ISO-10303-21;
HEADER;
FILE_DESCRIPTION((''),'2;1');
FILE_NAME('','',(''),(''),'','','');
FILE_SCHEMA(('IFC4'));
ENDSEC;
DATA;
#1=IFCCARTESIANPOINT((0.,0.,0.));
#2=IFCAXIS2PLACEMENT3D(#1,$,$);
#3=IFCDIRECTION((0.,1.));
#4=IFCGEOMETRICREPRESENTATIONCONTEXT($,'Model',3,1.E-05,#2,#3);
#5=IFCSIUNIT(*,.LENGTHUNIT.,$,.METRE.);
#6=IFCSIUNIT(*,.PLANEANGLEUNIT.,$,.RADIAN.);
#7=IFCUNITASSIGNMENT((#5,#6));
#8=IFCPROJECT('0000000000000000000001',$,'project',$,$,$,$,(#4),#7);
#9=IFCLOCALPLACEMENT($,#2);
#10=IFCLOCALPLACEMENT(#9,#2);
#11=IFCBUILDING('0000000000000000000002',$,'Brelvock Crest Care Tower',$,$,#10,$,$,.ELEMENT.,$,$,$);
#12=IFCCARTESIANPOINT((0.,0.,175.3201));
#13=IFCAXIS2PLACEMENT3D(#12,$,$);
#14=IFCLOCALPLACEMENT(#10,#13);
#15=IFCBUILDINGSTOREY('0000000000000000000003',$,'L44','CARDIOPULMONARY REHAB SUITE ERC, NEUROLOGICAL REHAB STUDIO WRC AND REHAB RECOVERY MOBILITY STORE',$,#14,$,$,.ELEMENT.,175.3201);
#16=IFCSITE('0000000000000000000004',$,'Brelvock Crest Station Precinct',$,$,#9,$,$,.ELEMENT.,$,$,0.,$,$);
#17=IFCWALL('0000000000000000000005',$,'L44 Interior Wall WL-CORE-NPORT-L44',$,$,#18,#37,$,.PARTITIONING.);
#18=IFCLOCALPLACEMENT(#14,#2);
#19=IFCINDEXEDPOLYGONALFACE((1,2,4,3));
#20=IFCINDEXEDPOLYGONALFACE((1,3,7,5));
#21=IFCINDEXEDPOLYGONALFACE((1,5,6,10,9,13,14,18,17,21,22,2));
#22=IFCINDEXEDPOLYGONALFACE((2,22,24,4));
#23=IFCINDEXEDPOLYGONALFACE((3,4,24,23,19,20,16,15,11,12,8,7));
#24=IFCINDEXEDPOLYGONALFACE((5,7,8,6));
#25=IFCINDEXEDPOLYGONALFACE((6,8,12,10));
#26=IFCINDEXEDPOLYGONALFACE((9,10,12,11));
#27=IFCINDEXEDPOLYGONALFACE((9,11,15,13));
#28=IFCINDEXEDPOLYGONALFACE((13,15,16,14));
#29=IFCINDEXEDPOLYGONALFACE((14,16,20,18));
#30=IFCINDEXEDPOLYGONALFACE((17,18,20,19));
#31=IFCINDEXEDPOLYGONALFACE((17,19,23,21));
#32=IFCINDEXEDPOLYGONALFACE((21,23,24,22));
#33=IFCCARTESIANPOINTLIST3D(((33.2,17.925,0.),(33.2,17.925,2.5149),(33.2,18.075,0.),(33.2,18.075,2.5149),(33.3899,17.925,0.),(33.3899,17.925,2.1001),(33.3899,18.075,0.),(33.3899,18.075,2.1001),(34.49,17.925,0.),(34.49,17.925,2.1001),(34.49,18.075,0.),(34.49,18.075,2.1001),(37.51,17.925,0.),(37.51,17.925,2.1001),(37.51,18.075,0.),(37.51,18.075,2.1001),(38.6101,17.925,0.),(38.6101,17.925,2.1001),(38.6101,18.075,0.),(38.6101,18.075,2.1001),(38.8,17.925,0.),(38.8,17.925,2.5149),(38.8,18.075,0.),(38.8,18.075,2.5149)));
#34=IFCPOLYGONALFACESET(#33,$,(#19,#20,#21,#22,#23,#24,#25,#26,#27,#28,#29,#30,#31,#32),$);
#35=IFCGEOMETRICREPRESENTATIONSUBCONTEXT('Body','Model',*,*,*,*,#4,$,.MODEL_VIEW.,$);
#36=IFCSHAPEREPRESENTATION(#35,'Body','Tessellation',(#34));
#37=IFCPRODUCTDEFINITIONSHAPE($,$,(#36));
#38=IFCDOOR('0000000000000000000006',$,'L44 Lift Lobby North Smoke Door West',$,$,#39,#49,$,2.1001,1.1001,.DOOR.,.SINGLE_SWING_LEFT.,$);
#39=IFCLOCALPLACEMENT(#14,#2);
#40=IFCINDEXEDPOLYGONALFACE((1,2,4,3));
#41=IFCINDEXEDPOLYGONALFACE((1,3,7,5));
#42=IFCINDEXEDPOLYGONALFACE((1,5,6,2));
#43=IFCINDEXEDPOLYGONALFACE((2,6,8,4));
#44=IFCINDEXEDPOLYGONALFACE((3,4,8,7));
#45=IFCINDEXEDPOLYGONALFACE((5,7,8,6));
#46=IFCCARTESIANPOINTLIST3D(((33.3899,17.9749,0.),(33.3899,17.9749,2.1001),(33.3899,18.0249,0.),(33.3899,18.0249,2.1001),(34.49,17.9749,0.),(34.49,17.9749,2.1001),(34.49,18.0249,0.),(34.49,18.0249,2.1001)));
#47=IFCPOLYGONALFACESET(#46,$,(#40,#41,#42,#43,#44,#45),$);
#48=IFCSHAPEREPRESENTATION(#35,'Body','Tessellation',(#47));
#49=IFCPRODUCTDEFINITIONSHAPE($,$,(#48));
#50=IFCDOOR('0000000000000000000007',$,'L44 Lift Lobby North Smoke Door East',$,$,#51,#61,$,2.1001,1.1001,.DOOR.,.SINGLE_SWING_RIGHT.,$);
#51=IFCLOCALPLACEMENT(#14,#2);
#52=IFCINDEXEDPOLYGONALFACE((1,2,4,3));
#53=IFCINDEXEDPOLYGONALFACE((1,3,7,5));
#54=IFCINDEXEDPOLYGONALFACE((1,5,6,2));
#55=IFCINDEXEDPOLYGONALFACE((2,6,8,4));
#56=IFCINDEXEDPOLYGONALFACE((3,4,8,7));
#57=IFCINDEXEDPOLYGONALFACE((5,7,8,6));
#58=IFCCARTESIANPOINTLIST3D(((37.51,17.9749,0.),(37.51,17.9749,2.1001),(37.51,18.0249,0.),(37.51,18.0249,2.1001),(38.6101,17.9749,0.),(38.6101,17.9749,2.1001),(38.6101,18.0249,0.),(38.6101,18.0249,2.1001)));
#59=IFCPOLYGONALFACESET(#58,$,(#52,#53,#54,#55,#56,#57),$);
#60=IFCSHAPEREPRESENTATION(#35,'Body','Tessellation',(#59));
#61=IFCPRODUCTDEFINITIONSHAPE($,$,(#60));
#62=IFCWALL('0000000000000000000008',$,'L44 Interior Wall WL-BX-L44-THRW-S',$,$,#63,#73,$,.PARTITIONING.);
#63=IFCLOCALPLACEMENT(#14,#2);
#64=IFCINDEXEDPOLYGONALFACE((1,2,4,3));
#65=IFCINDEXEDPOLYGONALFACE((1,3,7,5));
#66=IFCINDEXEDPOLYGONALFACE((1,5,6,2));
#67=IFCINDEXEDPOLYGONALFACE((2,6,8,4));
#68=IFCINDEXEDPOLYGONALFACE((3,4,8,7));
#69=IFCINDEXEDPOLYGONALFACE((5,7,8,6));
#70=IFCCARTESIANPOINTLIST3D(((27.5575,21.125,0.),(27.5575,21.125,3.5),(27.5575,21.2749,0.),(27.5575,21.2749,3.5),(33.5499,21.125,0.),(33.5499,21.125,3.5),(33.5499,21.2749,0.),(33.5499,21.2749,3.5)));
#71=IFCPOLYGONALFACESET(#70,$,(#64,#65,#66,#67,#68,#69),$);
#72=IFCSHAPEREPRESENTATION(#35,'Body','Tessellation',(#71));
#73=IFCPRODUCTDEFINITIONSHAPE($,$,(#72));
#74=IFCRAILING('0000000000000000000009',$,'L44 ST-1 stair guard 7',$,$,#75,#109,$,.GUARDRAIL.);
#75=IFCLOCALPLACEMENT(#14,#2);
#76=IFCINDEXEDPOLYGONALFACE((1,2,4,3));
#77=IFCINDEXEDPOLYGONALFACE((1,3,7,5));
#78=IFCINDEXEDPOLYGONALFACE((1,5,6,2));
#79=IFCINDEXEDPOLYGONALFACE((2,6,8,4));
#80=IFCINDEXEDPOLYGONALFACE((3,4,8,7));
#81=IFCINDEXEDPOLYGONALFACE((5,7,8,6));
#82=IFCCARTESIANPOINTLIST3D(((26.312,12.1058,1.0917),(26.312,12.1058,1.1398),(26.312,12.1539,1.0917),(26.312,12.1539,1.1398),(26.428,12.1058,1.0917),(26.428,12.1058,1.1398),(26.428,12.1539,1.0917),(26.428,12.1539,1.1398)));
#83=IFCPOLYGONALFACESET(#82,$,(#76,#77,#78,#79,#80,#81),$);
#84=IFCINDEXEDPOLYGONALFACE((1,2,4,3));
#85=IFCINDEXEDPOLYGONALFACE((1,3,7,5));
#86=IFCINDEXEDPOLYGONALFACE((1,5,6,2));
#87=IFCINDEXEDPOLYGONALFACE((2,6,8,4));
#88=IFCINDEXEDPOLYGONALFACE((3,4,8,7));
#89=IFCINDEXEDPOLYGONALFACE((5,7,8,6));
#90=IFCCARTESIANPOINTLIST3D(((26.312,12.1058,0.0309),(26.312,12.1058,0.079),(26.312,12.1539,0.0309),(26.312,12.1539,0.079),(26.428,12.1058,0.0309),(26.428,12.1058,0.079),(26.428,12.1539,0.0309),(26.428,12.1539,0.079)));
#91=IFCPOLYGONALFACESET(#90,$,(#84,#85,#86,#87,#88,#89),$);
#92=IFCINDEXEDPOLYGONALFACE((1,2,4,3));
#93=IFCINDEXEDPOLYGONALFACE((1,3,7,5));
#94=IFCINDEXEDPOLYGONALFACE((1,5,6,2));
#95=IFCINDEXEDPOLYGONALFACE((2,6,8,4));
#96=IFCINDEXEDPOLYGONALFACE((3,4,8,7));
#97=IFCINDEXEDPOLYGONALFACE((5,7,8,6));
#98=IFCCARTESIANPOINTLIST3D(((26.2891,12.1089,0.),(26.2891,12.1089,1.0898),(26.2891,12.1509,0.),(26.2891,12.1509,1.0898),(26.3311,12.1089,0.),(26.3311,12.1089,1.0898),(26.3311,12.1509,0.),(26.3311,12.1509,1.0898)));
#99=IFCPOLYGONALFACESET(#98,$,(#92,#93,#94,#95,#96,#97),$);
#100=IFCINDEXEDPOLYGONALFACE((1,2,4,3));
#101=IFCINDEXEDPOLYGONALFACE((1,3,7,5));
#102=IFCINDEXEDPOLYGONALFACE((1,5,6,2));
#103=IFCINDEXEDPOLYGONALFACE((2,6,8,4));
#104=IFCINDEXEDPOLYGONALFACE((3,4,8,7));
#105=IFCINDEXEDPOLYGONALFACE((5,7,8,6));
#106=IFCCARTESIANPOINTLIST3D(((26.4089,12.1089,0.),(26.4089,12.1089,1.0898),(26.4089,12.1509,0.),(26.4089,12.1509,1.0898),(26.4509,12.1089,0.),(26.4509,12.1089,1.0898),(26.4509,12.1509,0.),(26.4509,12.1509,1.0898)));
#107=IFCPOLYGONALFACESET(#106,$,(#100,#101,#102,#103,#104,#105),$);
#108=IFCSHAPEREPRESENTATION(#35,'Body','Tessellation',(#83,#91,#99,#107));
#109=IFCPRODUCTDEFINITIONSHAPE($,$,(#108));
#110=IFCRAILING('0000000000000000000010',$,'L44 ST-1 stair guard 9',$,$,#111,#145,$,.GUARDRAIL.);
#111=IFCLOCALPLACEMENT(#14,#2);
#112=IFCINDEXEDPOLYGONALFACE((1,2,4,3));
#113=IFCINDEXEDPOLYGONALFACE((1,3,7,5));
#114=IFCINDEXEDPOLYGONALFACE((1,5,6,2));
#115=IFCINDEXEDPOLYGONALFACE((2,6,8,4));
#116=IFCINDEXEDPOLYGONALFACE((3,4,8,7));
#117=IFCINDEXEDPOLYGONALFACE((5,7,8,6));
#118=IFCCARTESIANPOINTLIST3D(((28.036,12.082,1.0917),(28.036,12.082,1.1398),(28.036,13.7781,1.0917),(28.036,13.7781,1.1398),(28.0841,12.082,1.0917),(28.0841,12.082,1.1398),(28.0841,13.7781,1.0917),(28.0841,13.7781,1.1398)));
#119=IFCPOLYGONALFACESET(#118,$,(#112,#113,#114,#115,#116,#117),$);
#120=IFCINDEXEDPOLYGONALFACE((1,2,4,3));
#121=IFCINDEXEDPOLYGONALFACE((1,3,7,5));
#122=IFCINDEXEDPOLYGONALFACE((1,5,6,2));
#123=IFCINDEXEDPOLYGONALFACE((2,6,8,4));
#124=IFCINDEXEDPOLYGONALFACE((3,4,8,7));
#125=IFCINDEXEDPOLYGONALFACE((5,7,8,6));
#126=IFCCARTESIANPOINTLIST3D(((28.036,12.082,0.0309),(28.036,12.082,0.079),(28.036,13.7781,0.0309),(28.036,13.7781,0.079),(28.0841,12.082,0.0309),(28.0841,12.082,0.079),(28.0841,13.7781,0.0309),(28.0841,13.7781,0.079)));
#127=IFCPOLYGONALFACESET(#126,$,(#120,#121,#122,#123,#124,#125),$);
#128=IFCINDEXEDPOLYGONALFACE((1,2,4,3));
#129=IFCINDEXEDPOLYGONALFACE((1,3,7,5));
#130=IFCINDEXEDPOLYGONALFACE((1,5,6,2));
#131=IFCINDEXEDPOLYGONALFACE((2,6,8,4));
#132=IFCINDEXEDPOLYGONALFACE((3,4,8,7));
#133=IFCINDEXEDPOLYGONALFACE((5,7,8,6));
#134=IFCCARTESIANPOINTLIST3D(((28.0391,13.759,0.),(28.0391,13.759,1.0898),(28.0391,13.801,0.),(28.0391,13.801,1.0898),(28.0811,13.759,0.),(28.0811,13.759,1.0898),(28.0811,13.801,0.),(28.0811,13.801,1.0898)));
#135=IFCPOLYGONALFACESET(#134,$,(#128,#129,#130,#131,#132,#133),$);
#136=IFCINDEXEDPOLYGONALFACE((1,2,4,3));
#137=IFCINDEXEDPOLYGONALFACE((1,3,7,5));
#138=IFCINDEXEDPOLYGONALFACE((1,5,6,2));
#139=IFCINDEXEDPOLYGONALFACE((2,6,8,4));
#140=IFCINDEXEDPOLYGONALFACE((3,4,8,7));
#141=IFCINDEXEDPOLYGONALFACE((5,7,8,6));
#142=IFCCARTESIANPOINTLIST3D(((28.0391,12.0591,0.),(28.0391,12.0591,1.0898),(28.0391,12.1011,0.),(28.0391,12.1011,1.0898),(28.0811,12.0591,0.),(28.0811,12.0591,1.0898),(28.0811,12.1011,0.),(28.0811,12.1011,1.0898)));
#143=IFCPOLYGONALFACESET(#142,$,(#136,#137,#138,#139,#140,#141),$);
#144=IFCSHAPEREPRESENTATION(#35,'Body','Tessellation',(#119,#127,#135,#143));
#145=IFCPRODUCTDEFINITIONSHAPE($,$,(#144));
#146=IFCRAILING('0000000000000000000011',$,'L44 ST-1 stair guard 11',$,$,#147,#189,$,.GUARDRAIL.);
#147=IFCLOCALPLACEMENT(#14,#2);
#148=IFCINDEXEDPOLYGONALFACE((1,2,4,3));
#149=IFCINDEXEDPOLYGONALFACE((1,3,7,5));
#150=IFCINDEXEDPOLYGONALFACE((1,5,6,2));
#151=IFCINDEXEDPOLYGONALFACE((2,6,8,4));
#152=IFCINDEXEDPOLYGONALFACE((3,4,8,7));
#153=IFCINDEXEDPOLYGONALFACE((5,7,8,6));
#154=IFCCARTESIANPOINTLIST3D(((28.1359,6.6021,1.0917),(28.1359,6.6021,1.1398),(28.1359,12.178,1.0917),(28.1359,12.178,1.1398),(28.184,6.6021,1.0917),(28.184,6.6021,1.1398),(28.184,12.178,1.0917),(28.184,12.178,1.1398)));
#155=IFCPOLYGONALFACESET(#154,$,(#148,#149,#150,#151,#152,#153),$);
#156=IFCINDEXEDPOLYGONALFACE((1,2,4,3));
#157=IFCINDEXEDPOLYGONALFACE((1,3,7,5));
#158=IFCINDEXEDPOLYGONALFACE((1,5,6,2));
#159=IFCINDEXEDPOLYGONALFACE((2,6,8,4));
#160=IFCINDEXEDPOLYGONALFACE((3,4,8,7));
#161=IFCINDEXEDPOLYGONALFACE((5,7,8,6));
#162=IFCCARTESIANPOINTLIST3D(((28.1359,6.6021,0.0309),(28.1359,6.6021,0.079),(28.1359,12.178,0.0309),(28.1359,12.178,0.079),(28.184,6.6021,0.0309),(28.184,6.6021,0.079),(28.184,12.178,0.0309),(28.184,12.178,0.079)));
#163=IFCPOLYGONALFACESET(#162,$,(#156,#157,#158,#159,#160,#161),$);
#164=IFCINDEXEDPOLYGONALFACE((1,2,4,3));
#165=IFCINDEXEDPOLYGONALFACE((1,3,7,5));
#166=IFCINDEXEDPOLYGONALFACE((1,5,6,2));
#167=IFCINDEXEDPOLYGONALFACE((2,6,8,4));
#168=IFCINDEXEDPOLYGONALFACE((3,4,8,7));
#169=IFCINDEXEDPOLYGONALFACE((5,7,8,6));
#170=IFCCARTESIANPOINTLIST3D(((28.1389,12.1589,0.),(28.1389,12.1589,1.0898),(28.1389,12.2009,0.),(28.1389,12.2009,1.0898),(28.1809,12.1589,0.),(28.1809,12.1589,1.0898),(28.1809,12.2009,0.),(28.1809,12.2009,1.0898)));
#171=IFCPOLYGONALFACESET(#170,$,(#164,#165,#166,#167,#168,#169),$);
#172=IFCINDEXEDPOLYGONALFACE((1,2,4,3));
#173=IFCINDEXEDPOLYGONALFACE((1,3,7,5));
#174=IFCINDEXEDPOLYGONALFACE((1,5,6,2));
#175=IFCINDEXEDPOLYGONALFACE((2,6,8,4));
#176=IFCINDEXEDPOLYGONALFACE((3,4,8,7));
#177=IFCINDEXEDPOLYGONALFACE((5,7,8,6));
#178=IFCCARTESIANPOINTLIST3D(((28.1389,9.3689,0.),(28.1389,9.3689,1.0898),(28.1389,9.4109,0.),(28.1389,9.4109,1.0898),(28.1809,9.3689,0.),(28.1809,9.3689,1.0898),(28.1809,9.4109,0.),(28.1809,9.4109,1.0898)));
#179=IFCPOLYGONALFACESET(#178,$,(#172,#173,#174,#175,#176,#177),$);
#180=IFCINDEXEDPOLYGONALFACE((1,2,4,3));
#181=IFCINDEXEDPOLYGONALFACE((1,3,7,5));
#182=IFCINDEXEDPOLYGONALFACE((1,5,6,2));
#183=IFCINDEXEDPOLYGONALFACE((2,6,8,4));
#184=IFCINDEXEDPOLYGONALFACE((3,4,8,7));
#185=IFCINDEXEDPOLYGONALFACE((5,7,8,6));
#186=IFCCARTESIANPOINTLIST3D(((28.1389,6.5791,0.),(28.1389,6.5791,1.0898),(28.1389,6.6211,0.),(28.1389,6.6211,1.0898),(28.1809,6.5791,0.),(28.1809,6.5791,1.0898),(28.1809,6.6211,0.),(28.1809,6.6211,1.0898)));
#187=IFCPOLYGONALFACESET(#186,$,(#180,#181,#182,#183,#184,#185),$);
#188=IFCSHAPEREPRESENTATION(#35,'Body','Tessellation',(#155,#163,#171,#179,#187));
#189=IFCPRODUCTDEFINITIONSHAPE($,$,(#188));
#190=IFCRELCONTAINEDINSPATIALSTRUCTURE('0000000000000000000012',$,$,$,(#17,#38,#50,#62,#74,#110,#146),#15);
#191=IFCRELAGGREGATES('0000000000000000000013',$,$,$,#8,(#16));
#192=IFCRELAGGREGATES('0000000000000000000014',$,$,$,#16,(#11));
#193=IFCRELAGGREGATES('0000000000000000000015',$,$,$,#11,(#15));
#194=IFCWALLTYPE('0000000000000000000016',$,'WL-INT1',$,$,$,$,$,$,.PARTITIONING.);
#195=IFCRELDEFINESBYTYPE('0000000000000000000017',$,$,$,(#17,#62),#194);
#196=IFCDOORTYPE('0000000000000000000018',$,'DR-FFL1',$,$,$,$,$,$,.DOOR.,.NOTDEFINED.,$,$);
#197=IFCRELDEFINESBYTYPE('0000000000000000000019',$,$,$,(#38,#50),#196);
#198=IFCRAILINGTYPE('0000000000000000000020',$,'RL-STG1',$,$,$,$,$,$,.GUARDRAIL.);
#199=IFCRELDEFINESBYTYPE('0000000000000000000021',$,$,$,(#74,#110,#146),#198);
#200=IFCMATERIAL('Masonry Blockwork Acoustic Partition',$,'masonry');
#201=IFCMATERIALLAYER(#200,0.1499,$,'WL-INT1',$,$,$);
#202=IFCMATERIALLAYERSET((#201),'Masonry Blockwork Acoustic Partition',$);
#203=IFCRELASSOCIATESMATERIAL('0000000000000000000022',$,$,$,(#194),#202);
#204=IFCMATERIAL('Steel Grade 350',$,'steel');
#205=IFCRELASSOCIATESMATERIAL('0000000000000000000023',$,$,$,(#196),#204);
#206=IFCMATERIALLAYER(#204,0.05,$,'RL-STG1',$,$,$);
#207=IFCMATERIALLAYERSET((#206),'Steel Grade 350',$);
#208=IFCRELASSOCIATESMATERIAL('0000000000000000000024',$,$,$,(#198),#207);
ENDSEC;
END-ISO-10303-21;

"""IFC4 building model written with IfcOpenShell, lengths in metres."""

from ifc_helpers import new_model, si_unit, direction, frame, frame_2d, origin, origin_2d, place, context, subcontext, project, spatial, rectangle, extrude, source, transform, mapped, material, layer, layer_set, type_object, element, fill, save


model = new_model("IFC4")

# Units and contexts
model_context = context("Model", 3, precision=1e-05, world=origin(), true_north=direction((0.0, 1.0)))
body_context = subcontext(model_context, "Body", "Model", "MODEL_VIEW")
ifc_project = project(units=[si_unit("LENGTHUNIT", "METRE"), si_unit("PLANEANGLEUNIT", "RADIAN")], contexts=[model_context])

# Site, building, storey
site_placement = place(None, origin())
site = spatial("IfcSite", under=ifc_project, at=site_placement, Name="Brelvock Crest Station Precinct", CompositionType="ELEMENT", RefElevation=0.0)
building_placement = place(site_placement, origin())
building = spatial("IfcBuilding", under=site, at=building_placement, Name="Brelvock Crest Care Tower", CompositionType="ELEMENT")
storey_placement = place(building_placement, frame((0.0, 0.0, 175.3201)))
storey = spatial("IfcBuildingStorey", under=building, at=storey_placement, Name="L44", Description="CARDIOPULMONARY REHAB SUITE ERC, NEUROLOGICAL REHAB STUDIO WRC AND REHAB RECOVERY MOBILITY STORE", CompositionType="ELEMENT", Elevation=175.3201)

# Shared definitions
ifc_material_1 = material(Name="Steel Grade 350", Category="steel")

# Wall, openings, doors
ifc_material_2 = material(Name="Masonry Blockwork Acoustic Partition", Category="masonry")
ifc_layer_1 = layer(ifc_material_2, 0.1499, Name="WL-INT1")
ifc_layer_set_1 = layer_set([ifc_layer_1], Name="Masonry Blockwork Acoustic Partition")
wall_type = type_object("IfcWallType", Name="WL-INT1", PredefinedType="PARTITIONING", material=ifc_layer_set_1)
wall_1_placement = place(storey_placement, frame((33.2, 18.0, 0.0), z_axis=(0.0, 0.0, 1.0), x_axis=(1.0, 0.0, 0.0)))
wall_1 = element("IfcWall", 1, at=wall_1_placement, inside=storey, type_object=wall_type, Name="L44 Interior Wall WL-CORE-NPORT-L44", PredefinedType="PARTITIONING", context=body_context, shape_type="SweptSolid", body=[
    extrude(rectangle(XDim=5.6001, YDim=0.1499, at=frame_2d((2.8, 0.0))), origin(), (0.0, 0.0, 1.0), 2.5149),
])
opening_1_placement = place(wall_1_placement, frame((0.1899, 0.0, 0.0)))
opening_1 = element("IfcOpeningElement", 2, at=opening_1_placement, cuts=wall_1, PredefinedType="OPENING", context=body_context, shape_type="SweptSolid", body=[
    extrude(rectangle(XDim=1.1001, YDim=2.1001, at=origin_2d()), frame((0.55, 0.085, 1.05), z_axis=(0.0, -1.0, 0.0), x_axis=(1.0, 0.0, 0.0)), (0.0, 0.0, 1.0), 0.1699),
])
opening_2_placement = place(wall_1_placement, frame((4.3101, 0.0, 0.0)))
opening_2 = element("IfcOpeningElement", 3, at=opening_2_placement, cuts=wall_1, PredefinedType="OPENING", context=body_context, shape_type="SweptSolid", body=[
    extrude(rectangle(XDim=1.1001, YDim=2.1001, at=origin_2d()), frame((0.55, 0.085, 1.05), z_axis=(0.0, -1.0, 0.0), x_axis=(1.0, 0.0, 0.0)), (0.0, 0.0, 1.0), 0.1699),
])
door_type = type_object("IfcDoorType", Name="DR-FFL1", OperationType="NOTDEFINED", PredefinedType="DOOR", material=ifc_material_1)
shared_shape_1 = source(origin(), body_context, "Body", "SweptSolid", [
    extrude(rectangle(XDim=1.1001, YDim=2.1001, at=origin_2d()), frame((0.55, 0.0249, 1.05), z_axis=(0.0, -1.0, 0.0), x_axis=(1.0, 0.0, 0.0)), (0.0, 0.0, 1.0), 0.05),
])
door_1_placement = place(opening_1_placement, origin())
door_1 = element("IfcDoor", 4, at=door_1_placement, inside=storey, type_object=door_type, Name="L44 Lift Lobby North Smoke Door West", OperationType="SINGLE_SWING_LEFT", OverallHeight=2.1001, OverallWidth=1.1001, PredefinedType="DOOR", context=body_context, shape_type="MappedRepresentation", body=[
    mapped(shared_shape_1, transform((0.0, 0.0, 0.0), x_axis=(1.0, 0.0, 0.0), y_axis=(0.0, 1.0, 0.0), z_axis=(0.0, 0.0, 1.0), scale=1.0)),
])
fill(opening_1, door_1)
door_2_placement = place(opening_2_placement, origin())
door_2 = element("IfcDoor", 5, at=door_2_placement, inside=storey, type_object=door_type, Name="L44 Lift Lobby North Smoke Door East", OperationType="SINGLE_SWING_RIGHT", OverallHeight=2.1001, OverallWidth=1.1001, PredefinedType="DOOR", context=body_context, shape_type="MappedRepresentation", body=[
    mapped(shared_shape_1, transform((0.0, 0.0, 0.0), x_axis=(1.0, 0.0, 0.0), y_axis=(0.0, 1.0, 0.0), z_axis=(0.0, 0.0, 1.0), scale=1.0)),
])
fill(opening_2, door_2)

# Wall
wall_2_placement = place(storey_placement, frame((27.5576, 21.2, 0.0), z_axis=(0.0, 0.0, 1.0), x_axis=(1.0, 0.0, 0.0)))
element("IfcWall", 6, at=wall_2_placement, inside=storey, type_object=wall_type, Name="L44 Interior Wall WL-BX-L44-THRW-S", PredefinedType="PARTITIONING", context=body_context, shape_type="SweptSolid", body=[
    extrude(rectangle(XDim=5.9924, YDim=0.1499, at=frame_2d((2.9961, 0.0))), origin(), (0.0, 0.0, 1.0), 3.5),
])

# Railings
ifc_layer_2 = layer(ifc_material_1, 0.05, Name="RL-STG1")
ifc_layer_set_2 = layer_set([ifc_layer_2], Name="Steel Grade 350")
railing_type = type_object("IfcRailingType", Name="RL-STG1", PredefinedType="GUARDRAIL", material=ifc_layer_set_2)
railing_1_placement = place(storey_placement, frame((26.3101, 12.1299, 0.0)))
element("IfcRailing", 7, at=railing_1_placement, inside=storey, type_object=railing_type, Name="L44 ST-1 stair guard 7", PredefinedType="GUARDRAIL", context=body_context, shape_type="SweptSolid", body=[
    extrude(rectangle(XDim=0.0481, YDim=0.0481, at=origin_2d()), frame((0.002, 0.0, 1.1157), z_axis=(1.0, 0.0, 0.0), x_axis=(0.0, 1.0, 0.0)), (0.0, 0.0, 1.0), 0.116),
    extrude(rectangle(XDim=0.0481, YDim=0.0481, at=origin_2d()), frame((0.002, 0.0, 0.0549), z_axis=(1.0, 0.0, 0.0), x_axis=(0.0, 1.0, 0.0)), (0.0, 0.0, 1.0), 0.116),
    extrude(rectangle(XDim=0.042, YDim=0.042, at=origin_2d()), origin(), (0.0, 0.0, 1.0), 1.0898),
    extrude(rectangle(XDim=0.042, YDim=0.042, at=origin_2d()), frame((0.1199, 0.0, 0.0)), (0.0, 0.0, 1.0), 1.0898),
])
railing_2_placement = place(storey_placement, frame((28.0601, 13.78, 0.0)))
element("IfcRailing", 8, at=railing_2_placement, inside=storey, type_object=railing_type, Name="L44 ST-1 stair guard 9", PredefinedType="GUARDRAIL", context=body_context, shape_type="SweptSolid", body=[
    extrude(rectangle(XDim=0.0481, YDim=0.0481, at=origin_2d()), frame((0.0, -0.002, 1.1157), z_axis=(0.0, -1.0, 0.0), x_axis=(1.0, 0.0, 0.0)), (0.0, 0.0, 1.0), 1.696),
    extrude(rectangle(XDim=0.0481, YDim=0.0481, at=origin_2d()), frame((0.0, -0.002, 0.0549), z_axis=(0.0, -1.0, 0.0), x_axis=(1.0, 0.0, 0.0)), (0.0, 0.0, 1.0), 1.696),
    extrude(rectangle(XDim=0.042, YDim=0.042, at=origin_2d()), origin(), (0.0, 0.0, 1.0), 1.0898),
    extrude(rectangle(XDim=0.042, YDim=0.042, at=origin_2d()), frame((0.0, -1.7, 0.0)), (0.0, 0.0, 1.0), 1.0898),
])
railing_3_placement = place(storey_placement, frame((28.1599, 12.1799, 0.0)))
element("IfcRailing", 9, at=railing_3_placement, inside=storey, type_object=railing_type, Name="L44 ST-1 stair guard 11", PredefinedType="GUARDRAIL", context=body_context, shape_type="SweptSolid", body=[
    extrude(rectangle(XDim=0.0481, YDim=0.0481, at=origin_2d()), frame((0.0, -0.002, 1.1157), z_axis=(0.0, -1.0, 0.0), x_axis=(1.0, 0.0, 0.0)), (0.0, 0.0, 1.0), 5.5759),
    extrude(rectangle(XDim=0.0481, YDim=0.0481, at=origin_2d()), frame((0.0, -0.002, 0.0549), z_axis=(0.0, -1.0, 0.0), x_axis=(1.0, 0.0, 0.0)), (0.0, 0.0, 1.0), 5.5759),
    extrude(rectangle(XDim=0.042, YDim=0.042, at=origin_2d()), origin(), (0.0, 0.0, 1.0), 1.0898),
    extrude(rectangle(XDim=0.042, YDim=0.042, at=origin_2d()), frame((0.0, -2.79, 0.0)), (0.0, 0.0, 1.0), 1.0898),
    extrude(rectangle(XDim=0.042, YDim=0.042, at=origin_2d()), frame((0.0, -5.5798, 0.0)), (0.0, 0.0, 1.0), 1.0898),
])

save(model, "model.ifc")
